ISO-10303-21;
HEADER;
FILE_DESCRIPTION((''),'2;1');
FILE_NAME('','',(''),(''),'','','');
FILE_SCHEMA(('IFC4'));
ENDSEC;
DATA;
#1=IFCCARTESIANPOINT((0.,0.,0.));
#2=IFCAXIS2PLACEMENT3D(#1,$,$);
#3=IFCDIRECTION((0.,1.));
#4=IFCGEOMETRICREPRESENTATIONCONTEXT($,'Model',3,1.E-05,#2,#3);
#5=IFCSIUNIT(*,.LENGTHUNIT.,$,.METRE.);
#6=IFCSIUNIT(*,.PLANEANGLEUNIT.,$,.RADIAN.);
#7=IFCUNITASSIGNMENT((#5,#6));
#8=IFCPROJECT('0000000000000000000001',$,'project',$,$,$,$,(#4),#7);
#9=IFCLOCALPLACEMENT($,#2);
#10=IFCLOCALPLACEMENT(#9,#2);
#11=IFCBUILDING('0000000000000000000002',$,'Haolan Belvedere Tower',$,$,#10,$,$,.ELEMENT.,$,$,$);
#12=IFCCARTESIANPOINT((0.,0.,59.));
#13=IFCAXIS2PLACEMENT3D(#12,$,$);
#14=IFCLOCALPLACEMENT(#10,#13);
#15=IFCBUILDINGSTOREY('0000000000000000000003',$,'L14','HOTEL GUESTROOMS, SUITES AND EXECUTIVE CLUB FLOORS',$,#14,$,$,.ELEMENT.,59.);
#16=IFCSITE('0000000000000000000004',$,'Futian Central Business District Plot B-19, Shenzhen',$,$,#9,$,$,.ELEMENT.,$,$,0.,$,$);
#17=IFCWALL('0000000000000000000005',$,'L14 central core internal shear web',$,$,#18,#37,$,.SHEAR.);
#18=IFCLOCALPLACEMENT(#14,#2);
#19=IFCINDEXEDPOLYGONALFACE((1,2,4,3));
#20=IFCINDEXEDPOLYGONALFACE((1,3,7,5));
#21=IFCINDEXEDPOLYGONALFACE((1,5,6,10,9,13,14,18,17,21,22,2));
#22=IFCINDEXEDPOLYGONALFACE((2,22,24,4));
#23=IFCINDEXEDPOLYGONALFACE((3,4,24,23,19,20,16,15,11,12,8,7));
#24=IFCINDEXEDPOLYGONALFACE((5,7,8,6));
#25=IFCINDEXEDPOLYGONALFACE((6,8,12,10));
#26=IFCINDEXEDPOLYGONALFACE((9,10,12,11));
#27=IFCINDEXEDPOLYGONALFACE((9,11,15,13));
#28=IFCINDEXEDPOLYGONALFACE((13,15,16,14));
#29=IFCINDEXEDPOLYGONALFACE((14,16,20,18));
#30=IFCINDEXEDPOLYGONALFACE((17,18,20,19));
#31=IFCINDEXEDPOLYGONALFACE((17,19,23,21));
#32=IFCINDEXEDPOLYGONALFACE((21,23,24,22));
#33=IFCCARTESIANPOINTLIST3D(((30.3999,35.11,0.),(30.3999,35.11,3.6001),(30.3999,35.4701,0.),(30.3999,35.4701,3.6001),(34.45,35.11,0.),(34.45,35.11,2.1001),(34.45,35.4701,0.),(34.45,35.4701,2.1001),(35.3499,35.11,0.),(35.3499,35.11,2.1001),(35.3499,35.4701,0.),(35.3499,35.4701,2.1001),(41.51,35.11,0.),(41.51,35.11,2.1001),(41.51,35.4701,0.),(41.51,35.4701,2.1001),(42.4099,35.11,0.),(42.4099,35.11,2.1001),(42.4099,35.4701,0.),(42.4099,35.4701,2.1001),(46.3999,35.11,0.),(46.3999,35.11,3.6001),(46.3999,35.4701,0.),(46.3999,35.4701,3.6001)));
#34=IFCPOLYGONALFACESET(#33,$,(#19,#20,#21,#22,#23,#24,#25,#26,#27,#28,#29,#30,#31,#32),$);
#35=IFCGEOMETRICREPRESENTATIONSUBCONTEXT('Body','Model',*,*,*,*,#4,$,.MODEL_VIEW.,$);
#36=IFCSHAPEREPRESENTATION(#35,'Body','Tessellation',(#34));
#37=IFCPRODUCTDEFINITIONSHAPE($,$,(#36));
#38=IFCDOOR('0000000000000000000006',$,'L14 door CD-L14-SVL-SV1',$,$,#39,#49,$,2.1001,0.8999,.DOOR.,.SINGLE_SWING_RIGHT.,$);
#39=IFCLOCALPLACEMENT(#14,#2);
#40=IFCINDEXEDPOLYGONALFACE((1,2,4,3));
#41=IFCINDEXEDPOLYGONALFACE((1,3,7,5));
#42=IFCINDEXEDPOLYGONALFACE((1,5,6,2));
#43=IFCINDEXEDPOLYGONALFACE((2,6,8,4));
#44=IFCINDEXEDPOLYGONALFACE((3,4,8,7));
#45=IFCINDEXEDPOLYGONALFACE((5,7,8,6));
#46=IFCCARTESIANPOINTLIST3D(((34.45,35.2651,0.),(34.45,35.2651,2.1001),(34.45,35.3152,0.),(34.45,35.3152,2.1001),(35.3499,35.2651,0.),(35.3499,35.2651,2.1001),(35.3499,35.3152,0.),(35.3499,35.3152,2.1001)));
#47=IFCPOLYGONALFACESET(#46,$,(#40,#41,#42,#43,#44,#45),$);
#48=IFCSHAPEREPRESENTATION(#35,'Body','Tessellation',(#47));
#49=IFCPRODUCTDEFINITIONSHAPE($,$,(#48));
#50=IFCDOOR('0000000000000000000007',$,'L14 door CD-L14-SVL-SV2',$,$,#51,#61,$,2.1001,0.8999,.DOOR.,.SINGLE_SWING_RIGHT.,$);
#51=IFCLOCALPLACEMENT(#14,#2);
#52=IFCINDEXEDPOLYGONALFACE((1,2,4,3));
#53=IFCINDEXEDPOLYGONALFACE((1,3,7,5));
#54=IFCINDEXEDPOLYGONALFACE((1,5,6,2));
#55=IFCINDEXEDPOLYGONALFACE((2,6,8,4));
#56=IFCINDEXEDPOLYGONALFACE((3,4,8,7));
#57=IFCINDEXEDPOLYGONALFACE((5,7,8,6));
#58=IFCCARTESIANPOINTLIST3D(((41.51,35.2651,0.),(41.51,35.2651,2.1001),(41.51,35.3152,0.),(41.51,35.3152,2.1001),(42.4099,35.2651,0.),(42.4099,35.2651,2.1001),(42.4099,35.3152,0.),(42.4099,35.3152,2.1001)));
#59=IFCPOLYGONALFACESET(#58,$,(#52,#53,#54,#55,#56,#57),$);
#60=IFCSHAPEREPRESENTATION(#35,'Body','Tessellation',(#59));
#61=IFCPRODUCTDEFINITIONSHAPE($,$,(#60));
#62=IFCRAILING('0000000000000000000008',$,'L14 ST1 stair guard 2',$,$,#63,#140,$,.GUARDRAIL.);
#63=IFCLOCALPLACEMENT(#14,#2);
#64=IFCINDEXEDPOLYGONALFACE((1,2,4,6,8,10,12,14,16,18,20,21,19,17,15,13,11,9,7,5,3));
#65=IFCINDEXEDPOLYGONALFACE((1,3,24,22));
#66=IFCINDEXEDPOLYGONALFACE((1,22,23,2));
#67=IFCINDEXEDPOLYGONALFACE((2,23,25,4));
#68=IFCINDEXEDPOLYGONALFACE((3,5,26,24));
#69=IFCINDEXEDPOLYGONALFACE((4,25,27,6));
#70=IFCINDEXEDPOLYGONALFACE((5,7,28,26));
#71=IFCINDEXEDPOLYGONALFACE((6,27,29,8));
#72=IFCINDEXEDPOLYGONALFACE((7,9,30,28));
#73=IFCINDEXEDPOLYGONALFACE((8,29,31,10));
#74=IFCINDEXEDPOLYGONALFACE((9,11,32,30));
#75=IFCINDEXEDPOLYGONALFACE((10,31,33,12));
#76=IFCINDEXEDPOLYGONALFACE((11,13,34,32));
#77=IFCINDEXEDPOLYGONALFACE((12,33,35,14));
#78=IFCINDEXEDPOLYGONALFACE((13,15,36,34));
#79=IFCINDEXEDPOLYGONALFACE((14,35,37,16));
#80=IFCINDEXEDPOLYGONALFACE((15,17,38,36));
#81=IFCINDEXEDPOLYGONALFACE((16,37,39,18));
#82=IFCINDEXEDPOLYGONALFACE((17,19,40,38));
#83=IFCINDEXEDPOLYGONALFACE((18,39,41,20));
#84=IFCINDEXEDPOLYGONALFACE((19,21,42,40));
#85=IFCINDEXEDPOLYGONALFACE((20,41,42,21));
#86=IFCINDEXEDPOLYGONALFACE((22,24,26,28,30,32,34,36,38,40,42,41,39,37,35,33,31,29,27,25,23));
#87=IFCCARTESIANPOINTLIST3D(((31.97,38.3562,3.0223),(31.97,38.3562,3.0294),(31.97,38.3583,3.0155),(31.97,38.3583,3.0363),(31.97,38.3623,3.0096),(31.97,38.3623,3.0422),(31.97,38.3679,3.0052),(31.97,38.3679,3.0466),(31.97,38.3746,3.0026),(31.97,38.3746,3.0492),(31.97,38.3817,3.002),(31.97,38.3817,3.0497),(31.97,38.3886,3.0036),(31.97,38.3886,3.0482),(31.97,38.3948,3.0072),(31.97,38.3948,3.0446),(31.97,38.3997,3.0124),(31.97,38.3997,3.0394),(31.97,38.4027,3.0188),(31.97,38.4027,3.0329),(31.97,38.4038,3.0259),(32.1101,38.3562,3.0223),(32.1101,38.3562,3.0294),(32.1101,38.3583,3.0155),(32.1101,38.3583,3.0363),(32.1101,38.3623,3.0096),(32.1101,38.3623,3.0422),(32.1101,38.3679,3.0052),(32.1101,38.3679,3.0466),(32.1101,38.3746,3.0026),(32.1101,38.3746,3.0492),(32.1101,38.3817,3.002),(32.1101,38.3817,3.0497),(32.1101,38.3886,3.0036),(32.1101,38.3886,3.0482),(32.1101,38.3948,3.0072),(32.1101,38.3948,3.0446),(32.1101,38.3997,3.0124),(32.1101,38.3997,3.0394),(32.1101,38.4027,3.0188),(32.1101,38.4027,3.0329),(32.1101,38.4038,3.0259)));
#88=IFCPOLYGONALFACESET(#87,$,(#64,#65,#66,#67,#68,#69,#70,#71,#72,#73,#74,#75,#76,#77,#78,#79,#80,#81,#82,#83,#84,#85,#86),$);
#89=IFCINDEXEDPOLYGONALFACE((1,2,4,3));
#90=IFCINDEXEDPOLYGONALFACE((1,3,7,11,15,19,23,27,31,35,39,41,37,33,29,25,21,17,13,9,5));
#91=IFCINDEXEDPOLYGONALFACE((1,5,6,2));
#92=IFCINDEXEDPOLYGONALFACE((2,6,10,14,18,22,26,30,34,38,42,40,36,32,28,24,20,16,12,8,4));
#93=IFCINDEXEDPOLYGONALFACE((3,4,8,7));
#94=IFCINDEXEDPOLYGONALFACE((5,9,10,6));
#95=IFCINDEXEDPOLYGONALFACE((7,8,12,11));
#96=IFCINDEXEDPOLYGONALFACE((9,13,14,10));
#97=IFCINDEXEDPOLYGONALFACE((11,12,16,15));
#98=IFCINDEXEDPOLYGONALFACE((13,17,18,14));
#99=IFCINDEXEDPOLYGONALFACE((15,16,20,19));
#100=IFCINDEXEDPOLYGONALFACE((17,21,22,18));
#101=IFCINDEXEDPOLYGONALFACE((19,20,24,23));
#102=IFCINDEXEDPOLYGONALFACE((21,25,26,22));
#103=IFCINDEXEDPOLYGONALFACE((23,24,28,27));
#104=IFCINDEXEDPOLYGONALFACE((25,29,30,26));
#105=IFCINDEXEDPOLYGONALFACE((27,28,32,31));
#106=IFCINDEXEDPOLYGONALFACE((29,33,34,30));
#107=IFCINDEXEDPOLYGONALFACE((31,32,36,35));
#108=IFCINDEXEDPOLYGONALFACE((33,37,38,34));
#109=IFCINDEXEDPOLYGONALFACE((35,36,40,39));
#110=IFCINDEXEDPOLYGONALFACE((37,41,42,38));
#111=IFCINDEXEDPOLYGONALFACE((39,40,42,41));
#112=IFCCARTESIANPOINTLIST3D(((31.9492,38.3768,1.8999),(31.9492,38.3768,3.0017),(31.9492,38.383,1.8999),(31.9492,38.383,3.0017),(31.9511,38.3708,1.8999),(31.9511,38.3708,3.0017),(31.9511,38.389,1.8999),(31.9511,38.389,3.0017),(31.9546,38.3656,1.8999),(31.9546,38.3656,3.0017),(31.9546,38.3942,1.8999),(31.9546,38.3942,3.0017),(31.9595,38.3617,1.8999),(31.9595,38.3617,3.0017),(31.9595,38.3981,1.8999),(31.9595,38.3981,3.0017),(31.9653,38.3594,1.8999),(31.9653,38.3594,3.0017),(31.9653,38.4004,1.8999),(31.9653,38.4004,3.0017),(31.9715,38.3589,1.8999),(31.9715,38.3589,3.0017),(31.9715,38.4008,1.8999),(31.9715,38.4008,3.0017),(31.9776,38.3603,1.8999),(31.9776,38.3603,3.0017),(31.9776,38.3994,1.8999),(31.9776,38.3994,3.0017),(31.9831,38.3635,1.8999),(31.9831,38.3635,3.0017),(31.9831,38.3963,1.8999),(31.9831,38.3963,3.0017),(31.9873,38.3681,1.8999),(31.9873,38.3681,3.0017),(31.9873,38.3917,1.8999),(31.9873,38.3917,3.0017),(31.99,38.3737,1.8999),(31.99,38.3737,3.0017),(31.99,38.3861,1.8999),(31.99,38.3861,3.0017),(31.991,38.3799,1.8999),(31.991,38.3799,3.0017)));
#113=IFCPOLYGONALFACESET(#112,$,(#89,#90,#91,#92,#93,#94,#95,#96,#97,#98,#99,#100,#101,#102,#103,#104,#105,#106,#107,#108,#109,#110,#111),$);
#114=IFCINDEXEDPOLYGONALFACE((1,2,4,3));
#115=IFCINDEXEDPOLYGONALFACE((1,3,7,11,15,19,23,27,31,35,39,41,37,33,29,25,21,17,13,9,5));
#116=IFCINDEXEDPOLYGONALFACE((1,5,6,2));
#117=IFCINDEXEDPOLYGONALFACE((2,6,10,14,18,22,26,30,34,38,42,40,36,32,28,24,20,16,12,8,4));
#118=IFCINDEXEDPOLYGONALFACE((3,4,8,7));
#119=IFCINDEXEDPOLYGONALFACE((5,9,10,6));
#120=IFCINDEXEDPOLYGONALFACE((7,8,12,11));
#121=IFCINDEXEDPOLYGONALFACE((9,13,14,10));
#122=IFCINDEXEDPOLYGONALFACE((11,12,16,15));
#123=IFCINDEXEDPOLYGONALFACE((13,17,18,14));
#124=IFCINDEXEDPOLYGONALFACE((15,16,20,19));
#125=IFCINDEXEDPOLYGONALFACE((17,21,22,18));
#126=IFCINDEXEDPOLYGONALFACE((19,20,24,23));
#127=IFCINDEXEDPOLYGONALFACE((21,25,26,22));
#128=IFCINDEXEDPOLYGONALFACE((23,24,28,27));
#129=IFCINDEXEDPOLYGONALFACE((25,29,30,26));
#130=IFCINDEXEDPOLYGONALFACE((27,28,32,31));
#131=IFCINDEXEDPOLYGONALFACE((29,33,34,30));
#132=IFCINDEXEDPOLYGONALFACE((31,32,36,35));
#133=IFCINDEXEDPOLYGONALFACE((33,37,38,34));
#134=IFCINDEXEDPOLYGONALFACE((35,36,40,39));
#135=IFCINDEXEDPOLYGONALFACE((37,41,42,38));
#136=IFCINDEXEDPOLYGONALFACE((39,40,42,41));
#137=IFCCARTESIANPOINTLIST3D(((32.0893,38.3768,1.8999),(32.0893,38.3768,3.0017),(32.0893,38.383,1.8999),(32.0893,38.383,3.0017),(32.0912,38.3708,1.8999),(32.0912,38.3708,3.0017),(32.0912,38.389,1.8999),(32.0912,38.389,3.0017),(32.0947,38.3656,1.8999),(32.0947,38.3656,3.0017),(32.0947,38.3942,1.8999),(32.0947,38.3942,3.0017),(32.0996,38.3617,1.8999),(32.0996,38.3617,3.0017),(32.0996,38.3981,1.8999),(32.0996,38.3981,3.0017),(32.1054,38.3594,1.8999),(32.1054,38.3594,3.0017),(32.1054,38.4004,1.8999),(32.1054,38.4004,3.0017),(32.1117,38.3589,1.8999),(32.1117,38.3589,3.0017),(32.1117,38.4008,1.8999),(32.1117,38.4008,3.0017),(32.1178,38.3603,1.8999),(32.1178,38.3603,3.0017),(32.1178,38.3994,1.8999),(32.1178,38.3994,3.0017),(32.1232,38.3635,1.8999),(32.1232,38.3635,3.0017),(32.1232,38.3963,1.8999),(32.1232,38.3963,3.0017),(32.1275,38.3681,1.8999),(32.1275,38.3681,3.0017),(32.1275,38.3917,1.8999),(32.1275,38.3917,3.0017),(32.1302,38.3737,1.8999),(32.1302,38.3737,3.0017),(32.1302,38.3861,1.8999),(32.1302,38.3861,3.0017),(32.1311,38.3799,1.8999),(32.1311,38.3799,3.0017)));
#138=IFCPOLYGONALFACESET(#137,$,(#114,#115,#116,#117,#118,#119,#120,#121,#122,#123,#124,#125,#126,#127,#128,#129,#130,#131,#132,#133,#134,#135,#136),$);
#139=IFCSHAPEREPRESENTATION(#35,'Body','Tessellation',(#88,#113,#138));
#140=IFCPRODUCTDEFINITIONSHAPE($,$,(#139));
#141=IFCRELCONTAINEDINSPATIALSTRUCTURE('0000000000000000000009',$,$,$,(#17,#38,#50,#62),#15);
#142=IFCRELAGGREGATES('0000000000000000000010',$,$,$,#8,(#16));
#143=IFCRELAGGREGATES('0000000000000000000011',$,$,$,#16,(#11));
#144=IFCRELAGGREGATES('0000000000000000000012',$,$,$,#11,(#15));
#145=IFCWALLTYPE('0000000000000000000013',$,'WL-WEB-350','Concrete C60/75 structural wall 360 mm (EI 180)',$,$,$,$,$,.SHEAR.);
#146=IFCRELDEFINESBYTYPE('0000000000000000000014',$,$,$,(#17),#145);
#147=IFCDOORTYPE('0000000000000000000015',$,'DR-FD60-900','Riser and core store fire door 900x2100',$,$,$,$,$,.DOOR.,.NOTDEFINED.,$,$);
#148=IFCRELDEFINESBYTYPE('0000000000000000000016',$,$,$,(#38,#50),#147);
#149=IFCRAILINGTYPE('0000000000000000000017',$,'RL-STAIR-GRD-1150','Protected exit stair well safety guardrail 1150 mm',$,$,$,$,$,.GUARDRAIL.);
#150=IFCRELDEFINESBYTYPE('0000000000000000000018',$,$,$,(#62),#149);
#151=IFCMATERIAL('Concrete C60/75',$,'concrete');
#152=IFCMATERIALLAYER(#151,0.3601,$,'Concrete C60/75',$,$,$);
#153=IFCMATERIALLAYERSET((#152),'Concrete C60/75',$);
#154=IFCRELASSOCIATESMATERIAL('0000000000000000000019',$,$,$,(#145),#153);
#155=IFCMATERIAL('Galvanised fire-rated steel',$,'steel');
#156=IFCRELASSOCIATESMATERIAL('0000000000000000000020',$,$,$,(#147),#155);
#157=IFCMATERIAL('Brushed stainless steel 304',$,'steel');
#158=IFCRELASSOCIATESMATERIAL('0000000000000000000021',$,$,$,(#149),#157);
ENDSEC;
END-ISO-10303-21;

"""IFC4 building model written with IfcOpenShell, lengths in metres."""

from ifc_helpers import new_model, si_unit, direction, frame, frame_2d, origin, origin_2d, place, context, subcontext, project, spatial, rectangle, circle, extrude, material, layer, layer_set, type_object, element, fill, save


model = new_model("IFC4")

# Units and contexts
model_context = context("Model", 3, precision=1e-05, world=origin(), true_north=direction((0.0, 1.0)))
body_context = subcontext(model_context, "Body", "Model", "MODEL_VIEW")
ifc_project = project(units=[si_unit("LENGTHUNIT", "METRE"), si_unit("PLANEANGLEUNIT", "RADIAN")], contexts=[model_context])

# Site, building, storey
site_placement = place(None, origin())
site = spatial("IfcSite", under=ifc_project, at=site_placement, Name="Futian Central Business District Plot B-19, Shenzhen", CompositionType="ELEMENT", RefElevation=0.0)
building_placement = place(site_placement, origin())
building = spatial("IfcBuilding", under=site, at=building_placement, Name="Haolan Belvedere Tower", CompositionType="ELEMENT")
storey_placement = place(building_placement, frame((0.0, 0.0, 59.0)))
storey = spatial("IfcBuildingStorey", under=building, at=storey_placement, Name="L14", Description="HOTEL GUESTROOMS, SUITES AND EXECUTIVE CLUB FLOORS", CompositionType="ELEMENT", Elevation=59.0)

# Shared definitions
ifc_material_1 = material(Name="Concrete C60/75", Category="concrete")

# Wall, openings, doors
ifc_layer_1 = layer(ifc_material_1, 0.3601, Name="Concrete C60/75")
ifc_layer_set_1 = layer_set([ifc_layer_1], Name="Concrete C60/75")
wall_type_1 = type_object("IfcWallType", Name="WL-WEB-350", Description="Concrete C60/75 structural wall 360 mm (EI 180)", PredefinedType="SHEAR", material=ifc_layer_set_1)
wall_1_placement = place(storey_placement, frame((30.3999, 35.29, 0.0), z_axis=(0.0, 0.0, 1.0), x_axis=(1.0, 0.0, 0.0)))
wall_1 = element("IfcWall", 1, at=wall_1_placement, inside=storey, type_object=wall_type_1, Name="L14 central core internal shear web", PredefinedType="SHEAR", context=body_context, shape_type="SweptSolid", body=[
    extrude(rectangle(XDim=16.0, YDim=0.3601, at=frame_2d((8.0, 0.0))), origin(), (0.0, 0.0, 1.0), 3.6001),
])
opening_1_placement = place(wall_1_placement, frame((4.95, 0.0, 0.0), z_axis=(0.0, 0.0, 1.0), x_axis=(-1.0, 0.0, 0.0)))
opening_1 = element("IfcOpeningElement", 2, at=opening_1_placement, cuts=wall_1, PredefinedType="OPENING", context=body_context, shape_type="SweptSolid", body=[
    extrude(rectangle(XDim=0.8999, YDim=2.1001, at=frame_2d((0.45, 1.05))), frame((0.0, 0.1899, 0.0), z_axis=(0.0, -1.0, 0.0), x_axis=(1.0, 0.0, 0.0)), (0.0, 0.0, 1.0), 0.3801),
])
opening_2_placement = place(wall_1_placement, frame((12.01, 0.0, 0.0), z_axis=(0.0, 0.0, 1.0), x_axis=(-1.0, 0.0, 0.0)))
opening_2 = element("IfcOpeningElement", 3, at=opening_2_placement, cuts=wall_1, PredefinedType="OPENING", context=body_context, shape_type="SweptSolid", body=[
    extrude(rectangle(XDim=0.8999, YDim=2.1001, at=frame_2d((0.45, 1.05))), frame((0.0, 0.1899, 0.0), z_axis=(0.0, -1.0, 0.0), x_axis=(1.0, 0.0, 0.0)), (0.0, 0.0, 1.0), 0.3801),
])
ifc_material_2 = material(Name="Galvanised fire-rated steel", Category="steel")
door_type_1 = type_object("IfcDoorType", Name="DR-FD60-900", Description="Riser and core store fire door 900x2100", OperationType="NOTDEFINED", PredefinedType="DOOR", material=ifc_material_2)
door_1_placement = place(opening_1_placement, origin())
door_1 = element("IfcDoor", 4, at=door_1_placement, inside=storey, type_object=door_type_1, Name="L14 door CD-L14-SVL-SV1", OperationType="SINGLE_SWING_RIGHT", OverallHeight=2.1001, OverallWidth=0.8999, PredefinedType="DOOR", context=body_context, shape_type="SweptSolid", body=[
    extrude(rectangle(XDim=0.8999, YDim=2.1001, at=frame_2d((0.45, 1.05))), frame((0.0, 0.0249, 0.0), z_axis=(0.0, -1.0, 0.0), x_axis=(1.0, 0.0, 0.0)), (0.0, 0.0, 1.0), 0.05),
])
fill(opening_1, door_1)
door_2_placement = place(opening_2_placement, origin())
door_2 = element("IfcDoor", 5, at=door_2_placement, inside=storey, type_object=door_type_1, Name="L14 door CD-L14-SVL-SV2", OperationType="SINGLE_SWING_RIGHT", OverallHeight=2.1001, OverallWidth=0.8999, PredefinedType="DOOR", context=body_context, shape_type="SweptSolid", body=[
    extrude(rectangle(XDim=0.8999, YDim=2.1001, at=frame_2d((0.45, 1.05))), frame((0.0, 0.0249, 0.0), z_axis=(0.0, -1.0, 0.0), x_axis=(1.0, 0.0, 0.0)), (0.0, 0.0, 1.0), 0.05),
])
fill(opening_2, door_2)

# Railing
ifc_material_3 = material(Name="Brushed stainless steel 304", Category="steel")
railing_type_1 = type_object("IfcRailingType", Name="RL-STAIR-GRD-1150", Description="Protected exit stair well safety guardrail 1150 mm", PredefinedType="GUARDRAIL", material=ifc_material_3)
railing_1_placement = place(storey_placement, frame((31.97, 38.3799, 1.8999)))
element("IfcRailing", 6, at=railing_1_placement, inside=storey, type_object=railing_type_1, Name="L14 ST1 stair guard 2", PredefinedType="GUARDRAIL", context=body_context, shape_type="SweptSolid", body=[
    extrude(circle(Radius=0.0239, at=origin_2d()), frame((0.0, 0.0, 1.126), z_axis=(1.0, 0.0, 0.0), x_axis=(0.0, 1.0, 0.0)), (0.0, 0.0, 1.0), 0.1401),
    extrude(circle(Radius=0.021, at=origin_2d()), origin(), (0.0, 0.0, 1.0), 1.1018),
    extrude(circle(Radius=0.021, at=origin_2d()), frame((0.1401, 0.0, 0.0)), (0.0, 0.0, 1.0), 1.1018),
])

save(model, "model.ifc")
